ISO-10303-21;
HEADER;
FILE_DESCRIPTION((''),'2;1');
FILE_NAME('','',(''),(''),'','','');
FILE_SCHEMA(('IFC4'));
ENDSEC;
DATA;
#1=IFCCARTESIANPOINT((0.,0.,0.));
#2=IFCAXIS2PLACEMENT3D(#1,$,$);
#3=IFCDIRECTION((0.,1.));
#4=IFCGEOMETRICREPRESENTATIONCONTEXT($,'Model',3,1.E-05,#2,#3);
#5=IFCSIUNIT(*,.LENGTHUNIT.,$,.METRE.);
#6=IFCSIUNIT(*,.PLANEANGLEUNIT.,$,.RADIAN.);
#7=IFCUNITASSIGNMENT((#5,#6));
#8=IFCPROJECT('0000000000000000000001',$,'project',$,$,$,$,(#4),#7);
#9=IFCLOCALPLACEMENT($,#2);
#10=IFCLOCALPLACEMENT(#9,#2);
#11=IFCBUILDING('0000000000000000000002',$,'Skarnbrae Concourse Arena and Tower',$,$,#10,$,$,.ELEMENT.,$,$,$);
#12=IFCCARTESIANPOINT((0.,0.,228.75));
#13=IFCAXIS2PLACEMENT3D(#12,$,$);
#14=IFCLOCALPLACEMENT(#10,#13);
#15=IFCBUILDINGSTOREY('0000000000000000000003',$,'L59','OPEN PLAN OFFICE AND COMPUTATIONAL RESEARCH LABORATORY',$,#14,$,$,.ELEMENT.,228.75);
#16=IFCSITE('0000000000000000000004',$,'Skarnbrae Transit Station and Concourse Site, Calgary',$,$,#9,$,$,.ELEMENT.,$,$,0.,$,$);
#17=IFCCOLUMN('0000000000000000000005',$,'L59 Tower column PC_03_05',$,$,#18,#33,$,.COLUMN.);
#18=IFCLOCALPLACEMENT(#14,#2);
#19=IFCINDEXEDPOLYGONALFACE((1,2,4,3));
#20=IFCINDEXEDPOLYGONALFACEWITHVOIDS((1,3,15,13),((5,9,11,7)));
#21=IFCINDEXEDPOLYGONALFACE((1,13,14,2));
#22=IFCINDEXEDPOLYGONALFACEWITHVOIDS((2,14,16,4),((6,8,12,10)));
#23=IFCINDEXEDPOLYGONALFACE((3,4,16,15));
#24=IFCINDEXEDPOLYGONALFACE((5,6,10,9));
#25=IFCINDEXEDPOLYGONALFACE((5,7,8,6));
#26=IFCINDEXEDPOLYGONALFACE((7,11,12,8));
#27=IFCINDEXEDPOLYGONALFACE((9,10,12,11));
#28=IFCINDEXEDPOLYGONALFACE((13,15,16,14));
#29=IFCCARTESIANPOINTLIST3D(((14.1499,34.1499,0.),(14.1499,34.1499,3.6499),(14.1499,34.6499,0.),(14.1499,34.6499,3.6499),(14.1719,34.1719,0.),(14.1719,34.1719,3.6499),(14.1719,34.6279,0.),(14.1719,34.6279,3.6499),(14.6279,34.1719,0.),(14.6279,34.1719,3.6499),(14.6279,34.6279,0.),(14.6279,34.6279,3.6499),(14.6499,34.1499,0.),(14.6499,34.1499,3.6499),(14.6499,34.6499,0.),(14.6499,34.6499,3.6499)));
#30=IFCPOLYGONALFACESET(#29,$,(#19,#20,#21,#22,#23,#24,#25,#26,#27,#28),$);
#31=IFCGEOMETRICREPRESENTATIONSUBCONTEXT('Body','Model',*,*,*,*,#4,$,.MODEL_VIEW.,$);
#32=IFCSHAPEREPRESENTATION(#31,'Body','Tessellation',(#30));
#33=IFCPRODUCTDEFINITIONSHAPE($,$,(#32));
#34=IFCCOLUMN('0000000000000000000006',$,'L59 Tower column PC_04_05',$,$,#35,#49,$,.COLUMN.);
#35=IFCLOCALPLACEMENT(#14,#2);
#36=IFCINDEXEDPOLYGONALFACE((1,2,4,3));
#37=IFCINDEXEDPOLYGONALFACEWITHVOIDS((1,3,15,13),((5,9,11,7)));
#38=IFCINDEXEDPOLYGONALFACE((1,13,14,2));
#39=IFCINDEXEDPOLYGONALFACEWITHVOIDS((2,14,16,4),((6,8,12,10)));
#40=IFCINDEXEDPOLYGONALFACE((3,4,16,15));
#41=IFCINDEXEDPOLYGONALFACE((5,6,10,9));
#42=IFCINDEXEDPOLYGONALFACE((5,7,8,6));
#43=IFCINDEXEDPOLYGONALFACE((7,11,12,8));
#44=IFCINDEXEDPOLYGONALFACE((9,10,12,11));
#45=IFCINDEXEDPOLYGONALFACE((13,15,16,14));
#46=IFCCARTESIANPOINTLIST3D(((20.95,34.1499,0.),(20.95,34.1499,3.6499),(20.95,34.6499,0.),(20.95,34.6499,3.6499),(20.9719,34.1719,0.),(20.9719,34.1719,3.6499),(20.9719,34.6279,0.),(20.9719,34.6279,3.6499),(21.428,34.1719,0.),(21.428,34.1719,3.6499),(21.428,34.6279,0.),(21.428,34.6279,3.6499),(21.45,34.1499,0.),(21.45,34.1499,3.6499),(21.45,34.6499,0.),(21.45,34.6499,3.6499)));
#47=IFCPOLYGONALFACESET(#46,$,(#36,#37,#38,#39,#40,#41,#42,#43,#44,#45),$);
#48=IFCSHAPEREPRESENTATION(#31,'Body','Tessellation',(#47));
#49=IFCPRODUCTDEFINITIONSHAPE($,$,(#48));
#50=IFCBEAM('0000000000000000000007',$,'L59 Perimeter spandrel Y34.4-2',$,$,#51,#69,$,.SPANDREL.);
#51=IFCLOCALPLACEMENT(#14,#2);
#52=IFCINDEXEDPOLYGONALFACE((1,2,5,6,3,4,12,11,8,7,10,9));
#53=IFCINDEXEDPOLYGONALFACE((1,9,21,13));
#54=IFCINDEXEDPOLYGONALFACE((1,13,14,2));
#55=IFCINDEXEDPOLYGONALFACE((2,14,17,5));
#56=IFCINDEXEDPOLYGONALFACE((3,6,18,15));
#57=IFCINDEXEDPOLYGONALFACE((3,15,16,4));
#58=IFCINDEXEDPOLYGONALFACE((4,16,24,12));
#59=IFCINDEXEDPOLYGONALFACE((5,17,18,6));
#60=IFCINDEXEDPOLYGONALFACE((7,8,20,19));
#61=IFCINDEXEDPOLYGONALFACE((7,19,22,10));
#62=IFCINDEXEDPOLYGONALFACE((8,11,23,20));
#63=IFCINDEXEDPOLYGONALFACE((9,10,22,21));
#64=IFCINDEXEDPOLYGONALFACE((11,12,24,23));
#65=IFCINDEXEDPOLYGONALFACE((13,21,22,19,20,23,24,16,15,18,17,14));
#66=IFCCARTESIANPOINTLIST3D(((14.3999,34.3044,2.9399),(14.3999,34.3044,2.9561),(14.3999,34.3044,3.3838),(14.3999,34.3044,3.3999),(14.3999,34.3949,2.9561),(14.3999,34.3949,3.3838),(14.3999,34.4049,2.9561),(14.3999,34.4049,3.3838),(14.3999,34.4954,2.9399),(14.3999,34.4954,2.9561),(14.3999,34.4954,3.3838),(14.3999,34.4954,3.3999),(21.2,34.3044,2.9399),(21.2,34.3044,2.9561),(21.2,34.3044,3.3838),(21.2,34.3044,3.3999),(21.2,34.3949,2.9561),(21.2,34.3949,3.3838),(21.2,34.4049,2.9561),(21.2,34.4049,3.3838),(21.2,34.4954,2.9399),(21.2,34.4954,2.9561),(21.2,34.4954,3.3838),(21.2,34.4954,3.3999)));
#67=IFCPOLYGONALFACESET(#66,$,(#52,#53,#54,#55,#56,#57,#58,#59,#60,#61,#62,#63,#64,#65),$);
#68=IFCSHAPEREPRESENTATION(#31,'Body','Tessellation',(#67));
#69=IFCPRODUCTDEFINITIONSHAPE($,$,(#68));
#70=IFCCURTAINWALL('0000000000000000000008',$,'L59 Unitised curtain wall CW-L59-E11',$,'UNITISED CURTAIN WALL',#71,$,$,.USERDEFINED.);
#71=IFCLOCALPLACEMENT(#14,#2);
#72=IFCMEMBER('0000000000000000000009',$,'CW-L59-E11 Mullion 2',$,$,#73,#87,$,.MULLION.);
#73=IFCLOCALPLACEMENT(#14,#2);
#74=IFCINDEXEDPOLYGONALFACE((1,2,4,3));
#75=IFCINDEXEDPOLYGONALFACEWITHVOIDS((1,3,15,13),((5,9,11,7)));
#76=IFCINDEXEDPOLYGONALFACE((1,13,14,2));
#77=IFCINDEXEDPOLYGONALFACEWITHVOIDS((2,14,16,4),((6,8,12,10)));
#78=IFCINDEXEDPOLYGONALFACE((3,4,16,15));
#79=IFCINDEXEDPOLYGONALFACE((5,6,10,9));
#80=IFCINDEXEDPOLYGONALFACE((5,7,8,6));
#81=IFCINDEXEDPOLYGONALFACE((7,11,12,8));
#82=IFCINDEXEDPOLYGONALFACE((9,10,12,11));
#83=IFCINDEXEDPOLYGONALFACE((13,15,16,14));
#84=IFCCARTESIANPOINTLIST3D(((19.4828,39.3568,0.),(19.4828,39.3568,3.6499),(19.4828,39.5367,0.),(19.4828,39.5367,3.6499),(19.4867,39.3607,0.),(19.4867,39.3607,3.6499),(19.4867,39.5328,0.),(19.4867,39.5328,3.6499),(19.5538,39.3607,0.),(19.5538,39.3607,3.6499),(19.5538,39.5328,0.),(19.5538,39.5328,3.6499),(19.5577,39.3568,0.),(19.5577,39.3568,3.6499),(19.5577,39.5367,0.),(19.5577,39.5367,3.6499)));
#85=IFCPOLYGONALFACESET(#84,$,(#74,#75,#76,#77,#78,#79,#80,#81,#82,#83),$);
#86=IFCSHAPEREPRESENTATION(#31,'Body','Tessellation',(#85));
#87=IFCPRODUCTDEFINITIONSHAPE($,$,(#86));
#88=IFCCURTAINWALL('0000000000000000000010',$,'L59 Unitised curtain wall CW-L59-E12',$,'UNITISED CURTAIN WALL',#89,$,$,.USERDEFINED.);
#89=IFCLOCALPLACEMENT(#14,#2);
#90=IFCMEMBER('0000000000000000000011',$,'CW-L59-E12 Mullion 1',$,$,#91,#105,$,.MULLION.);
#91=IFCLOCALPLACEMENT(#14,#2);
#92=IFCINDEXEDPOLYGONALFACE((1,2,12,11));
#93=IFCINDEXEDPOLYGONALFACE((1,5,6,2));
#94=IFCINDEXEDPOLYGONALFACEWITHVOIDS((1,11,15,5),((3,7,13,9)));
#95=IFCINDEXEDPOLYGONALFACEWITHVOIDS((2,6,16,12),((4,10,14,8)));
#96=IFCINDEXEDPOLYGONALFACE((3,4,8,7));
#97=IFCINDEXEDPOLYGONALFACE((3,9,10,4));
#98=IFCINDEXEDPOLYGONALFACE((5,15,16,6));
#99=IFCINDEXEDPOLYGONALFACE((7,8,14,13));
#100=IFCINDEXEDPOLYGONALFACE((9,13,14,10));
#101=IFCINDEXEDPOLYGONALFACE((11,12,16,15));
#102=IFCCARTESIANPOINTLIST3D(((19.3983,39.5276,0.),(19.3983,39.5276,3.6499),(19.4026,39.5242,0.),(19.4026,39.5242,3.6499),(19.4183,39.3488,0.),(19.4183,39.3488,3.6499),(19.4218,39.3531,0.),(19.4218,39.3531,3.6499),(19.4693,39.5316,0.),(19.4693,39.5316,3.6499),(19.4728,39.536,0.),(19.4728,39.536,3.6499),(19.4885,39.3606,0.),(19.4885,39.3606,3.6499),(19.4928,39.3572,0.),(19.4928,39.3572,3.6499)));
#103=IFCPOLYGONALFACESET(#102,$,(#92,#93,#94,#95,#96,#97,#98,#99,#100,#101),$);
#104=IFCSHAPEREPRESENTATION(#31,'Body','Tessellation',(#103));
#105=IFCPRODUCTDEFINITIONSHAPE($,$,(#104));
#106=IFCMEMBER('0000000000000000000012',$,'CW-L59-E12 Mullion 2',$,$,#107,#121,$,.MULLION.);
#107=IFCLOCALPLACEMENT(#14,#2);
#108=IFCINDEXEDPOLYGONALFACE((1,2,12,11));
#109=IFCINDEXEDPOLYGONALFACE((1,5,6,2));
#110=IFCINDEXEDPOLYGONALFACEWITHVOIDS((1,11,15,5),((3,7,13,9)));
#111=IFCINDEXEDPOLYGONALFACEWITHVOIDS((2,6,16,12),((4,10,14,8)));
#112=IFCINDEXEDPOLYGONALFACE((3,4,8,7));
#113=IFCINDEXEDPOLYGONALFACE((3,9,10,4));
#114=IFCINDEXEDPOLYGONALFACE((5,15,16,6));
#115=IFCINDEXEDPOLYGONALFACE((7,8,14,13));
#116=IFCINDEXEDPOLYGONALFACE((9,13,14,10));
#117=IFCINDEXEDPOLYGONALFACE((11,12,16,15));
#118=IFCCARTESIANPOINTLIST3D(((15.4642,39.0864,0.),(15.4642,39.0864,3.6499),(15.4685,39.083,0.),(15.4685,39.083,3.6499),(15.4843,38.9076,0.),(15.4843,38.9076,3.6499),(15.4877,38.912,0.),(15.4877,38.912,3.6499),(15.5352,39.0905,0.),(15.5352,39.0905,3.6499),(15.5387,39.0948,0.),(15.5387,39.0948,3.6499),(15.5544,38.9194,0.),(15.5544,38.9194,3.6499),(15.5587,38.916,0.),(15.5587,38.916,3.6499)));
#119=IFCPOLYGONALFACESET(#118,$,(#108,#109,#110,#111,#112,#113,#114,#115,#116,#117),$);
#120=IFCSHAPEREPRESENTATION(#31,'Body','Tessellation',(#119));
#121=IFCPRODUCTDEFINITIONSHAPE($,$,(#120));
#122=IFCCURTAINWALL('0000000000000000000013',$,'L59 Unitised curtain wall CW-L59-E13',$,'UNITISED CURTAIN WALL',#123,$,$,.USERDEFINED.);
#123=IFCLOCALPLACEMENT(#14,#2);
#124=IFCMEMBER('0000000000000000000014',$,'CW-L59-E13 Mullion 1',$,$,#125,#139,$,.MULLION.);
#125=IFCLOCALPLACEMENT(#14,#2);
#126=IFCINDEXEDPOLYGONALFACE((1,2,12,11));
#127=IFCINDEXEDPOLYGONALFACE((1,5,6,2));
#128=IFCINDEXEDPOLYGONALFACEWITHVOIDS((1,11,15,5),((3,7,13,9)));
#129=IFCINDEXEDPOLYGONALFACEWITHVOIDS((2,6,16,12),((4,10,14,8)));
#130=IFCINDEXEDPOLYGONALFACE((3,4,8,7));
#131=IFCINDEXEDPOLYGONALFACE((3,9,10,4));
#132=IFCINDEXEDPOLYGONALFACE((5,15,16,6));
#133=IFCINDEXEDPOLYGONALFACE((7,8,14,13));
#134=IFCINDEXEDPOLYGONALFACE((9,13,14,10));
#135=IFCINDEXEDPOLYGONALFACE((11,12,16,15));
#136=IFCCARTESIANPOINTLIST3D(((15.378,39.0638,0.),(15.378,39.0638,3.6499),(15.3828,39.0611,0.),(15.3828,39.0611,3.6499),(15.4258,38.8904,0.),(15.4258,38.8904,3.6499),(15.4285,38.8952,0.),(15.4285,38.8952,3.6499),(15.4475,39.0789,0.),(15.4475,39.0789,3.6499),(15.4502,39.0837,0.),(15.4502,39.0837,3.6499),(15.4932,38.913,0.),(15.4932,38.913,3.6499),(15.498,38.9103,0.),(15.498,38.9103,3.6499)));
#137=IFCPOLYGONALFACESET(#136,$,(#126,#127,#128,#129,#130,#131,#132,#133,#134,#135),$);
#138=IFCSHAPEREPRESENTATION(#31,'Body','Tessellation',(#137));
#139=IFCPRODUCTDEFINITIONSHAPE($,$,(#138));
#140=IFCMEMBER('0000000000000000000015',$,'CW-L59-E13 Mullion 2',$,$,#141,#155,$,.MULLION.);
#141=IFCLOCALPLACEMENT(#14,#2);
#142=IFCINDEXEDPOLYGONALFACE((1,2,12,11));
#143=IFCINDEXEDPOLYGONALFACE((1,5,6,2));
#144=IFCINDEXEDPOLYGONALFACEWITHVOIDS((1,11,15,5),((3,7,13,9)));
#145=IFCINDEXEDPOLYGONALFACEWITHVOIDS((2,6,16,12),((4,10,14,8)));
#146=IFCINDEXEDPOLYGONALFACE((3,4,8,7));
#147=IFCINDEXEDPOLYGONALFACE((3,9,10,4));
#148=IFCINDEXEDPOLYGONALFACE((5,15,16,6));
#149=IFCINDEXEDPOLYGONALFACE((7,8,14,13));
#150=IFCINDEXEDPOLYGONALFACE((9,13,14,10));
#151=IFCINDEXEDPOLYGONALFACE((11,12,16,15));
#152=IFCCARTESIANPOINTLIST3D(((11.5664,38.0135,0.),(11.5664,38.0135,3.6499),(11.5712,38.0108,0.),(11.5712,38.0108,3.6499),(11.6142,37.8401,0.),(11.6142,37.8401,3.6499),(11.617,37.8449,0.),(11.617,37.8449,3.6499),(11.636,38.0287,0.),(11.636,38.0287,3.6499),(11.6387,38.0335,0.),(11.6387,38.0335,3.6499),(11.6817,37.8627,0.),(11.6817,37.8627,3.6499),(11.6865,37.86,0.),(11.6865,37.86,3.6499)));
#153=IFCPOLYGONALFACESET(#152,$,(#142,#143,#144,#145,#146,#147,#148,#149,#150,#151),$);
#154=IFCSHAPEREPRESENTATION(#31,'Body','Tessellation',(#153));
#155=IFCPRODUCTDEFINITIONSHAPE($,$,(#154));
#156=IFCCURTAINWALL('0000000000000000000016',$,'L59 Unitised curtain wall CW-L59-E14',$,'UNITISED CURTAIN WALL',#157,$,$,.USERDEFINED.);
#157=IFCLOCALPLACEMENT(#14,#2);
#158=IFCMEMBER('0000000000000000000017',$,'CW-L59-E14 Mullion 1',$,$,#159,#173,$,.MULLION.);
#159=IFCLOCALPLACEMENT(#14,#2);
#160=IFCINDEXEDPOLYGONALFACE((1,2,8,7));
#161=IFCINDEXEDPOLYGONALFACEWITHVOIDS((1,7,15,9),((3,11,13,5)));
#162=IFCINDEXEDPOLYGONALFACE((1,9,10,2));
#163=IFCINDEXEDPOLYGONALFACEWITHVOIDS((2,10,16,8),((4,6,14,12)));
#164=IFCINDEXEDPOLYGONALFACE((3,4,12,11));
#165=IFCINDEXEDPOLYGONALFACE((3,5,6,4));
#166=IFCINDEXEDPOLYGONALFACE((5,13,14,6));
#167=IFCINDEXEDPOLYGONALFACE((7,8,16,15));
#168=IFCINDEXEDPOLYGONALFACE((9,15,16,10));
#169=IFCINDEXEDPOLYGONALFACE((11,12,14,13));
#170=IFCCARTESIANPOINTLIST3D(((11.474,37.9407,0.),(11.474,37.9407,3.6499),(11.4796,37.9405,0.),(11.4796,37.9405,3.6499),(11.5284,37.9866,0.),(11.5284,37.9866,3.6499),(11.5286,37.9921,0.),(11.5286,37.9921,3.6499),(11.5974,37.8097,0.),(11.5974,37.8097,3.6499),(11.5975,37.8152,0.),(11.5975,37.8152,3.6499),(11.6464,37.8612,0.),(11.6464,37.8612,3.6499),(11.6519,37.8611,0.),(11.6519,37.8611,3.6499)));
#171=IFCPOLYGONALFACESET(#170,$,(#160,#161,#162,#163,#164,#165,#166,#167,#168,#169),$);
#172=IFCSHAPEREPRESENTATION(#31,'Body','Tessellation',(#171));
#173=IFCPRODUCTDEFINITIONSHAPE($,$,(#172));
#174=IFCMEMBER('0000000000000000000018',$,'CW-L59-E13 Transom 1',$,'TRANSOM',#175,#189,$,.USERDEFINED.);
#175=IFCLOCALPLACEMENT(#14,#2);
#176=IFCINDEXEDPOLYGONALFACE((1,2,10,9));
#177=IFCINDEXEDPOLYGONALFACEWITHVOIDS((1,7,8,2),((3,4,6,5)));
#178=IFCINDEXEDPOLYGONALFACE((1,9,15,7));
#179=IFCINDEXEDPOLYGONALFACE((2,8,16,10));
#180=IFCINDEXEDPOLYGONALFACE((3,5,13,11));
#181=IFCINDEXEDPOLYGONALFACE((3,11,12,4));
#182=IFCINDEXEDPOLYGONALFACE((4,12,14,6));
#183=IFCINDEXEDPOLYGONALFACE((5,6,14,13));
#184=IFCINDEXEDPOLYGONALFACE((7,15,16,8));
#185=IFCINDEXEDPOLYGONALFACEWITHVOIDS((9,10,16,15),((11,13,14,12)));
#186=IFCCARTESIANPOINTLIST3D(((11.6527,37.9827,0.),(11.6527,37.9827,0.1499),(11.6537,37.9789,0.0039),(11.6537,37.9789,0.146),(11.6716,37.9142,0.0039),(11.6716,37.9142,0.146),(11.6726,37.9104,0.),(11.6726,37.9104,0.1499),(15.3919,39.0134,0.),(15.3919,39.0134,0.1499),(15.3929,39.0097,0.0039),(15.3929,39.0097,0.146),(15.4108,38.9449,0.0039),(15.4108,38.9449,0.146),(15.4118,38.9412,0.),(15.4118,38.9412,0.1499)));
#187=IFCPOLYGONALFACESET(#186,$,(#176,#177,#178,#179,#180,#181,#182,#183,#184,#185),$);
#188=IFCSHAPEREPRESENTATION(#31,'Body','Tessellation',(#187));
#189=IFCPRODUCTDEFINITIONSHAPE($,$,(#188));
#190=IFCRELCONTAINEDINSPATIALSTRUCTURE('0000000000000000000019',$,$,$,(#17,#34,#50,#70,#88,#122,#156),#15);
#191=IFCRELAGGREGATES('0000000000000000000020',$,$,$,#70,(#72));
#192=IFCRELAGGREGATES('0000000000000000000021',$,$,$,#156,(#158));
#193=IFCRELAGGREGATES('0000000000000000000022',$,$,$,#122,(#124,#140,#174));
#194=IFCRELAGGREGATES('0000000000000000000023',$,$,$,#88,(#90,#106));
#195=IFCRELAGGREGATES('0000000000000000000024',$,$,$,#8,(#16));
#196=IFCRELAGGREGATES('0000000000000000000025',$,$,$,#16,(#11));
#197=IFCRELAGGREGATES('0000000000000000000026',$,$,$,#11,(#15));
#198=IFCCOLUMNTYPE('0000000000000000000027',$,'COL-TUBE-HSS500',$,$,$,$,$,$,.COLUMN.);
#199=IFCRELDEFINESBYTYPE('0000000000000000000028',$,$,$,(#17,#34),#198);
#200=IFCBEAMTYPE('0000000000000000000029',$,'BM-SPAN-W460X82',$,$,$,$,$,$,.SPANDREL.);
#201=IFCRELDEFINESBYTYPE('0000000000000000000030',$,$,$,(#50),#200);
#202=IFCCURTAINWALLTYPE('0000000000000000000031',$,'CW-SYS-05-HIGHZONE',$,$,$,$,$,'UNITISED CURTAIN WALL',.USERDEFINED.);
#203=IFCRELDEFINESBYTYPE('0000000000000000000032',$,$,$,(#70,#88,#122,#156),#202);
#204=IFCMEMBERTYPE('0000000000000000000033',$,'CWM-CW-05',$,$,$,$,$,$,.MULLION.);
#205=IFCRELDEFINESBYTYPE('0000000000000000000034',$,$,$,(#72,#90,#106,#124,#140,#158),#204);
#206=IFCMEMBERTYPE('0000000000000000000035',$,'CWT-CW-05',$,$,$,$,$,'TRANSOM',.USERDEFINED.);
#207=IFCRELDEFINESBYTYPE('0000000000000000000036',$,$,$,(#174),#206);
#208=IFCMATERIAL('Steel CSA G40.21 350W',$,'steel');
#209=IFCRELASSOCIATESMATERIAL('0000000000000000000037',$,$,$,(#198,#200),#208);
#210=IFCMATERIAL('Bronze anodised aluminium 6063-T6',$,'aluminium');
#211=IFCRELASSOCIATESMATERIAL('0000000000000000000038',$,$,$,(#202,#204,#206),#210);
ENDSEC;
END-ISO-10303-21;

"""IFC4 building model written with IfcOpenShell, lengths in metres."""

from ifc_helpers import new_model, si_unit, direction, frame, origin, origin_2d, place, context, subcontext, project, spatial, hollow_rectangle, i_section, extrude, source, transform, mapped, material, material_profile, profile_set, type_object, element, aggregate, save


model = new_model("IFC4")

# Units and contexts
model_context = context("Model", 3, precision=1e-05, world=origin(), true_north=direction((0.0, 1.0)))
body_context = subcontext(model_context, "Body", "Model", "MODEL_VIEW")
ifc_project = project(units=[si_unit("LENGTHUNIT", "METRE"), si_unit("PLANEANGLEUNIT", "RADIAN")], contexts=[model_context])

# Site, building, storey
site_placement = place(None, origin())
site = spatial("IfcSite", under=ifc_project, at=site_placement, Name="Skarnbrae Transit Station and Concourse Site, Calgary", CompositionType="ELEMENT", RefElevation=0.0)
building_placement = place(site_placement, origin())
building = spatial("IfcBuilding", under=site, at=building_placement, Name="Skarnbrae Concourse Arena and Tower", CompositionType="ELEMENT")
storey_placement = place(building_placement, frame((0.0, 0.0, 228.75)))
storey = spatial("IfcBuildingStorey", under=building, at=storey_placement, Name="L59", Description="OPEN PLAN OFFICE AND COMPUTATIONAL RESEARCH LABORATORY", CompositionType="ELEMENT", Elevation=228.75)

# Columns
ifc_material_1 = material(Name="Steel CSA G40.21 350W", Category="steel")
ifc_material_profile_1 = material_profile(ifc_material_1, hollow_rectangle(XDim=0.5, YDim=0.5, WallThickness=0.022, at=origin_2d()), Name="HSS500X500X22.0")
ifc_profile_set_1 = profile_set([ifc_material_profile_1], Name="Steel CSA G40.21 350W")
column_type = type_object("IfcColumnType", Name="COL-TUBE-HSS500", PredefinedType="COLUMN", material=ifc_profile_set_1)
shared_shape_1 = source(origin(), body_context, "Body", "SweptSolid", [
    extrude(hollow_rectangle(XDim=0.5, YDim=0.5, WallThickness=0.022, at=origin_2d()), origin(), (0.0, 0.0, 1.0), 3.6499),
])
for number, where, z_axis, x_axis, name in (
    (1, (14.3999, 34.3999, 0.0), (0.0, 0.0, 1.0), (1.0, 0.0, 0.0), "L59 Tower column PC_03_05"),
    (2, (21.2, 34.3999, 0.0), (0.0, 0.0, 1.0), (1.0, 0.0, 0.0), "L59 Tower column PC_04_05"),
):
    element("IfcColumn", number, at=place(storey_placement, frame(where, z_axis=z_axis, x_axis=x_axis)), inside=storey, type_object=column_type, Name=name, PredefinedType="COLUMN", context=body_context, shape_type="MappedRepresentation", body=[
        mapped(shared_shape_1, transform((0.0, 0.0, 0.0))),
    ])

# Beam
ifc_material_profile_2 = material_profile(ifc_material_1, i_section(OverallWidth=0.1909, OverallDepth=0.46, WebThickness=0.01, FlangeThickness=0.0161, at=origin_2d()), Name="W460X82")
ifc_profile_set_2 = profile_set([ifc_material_profile_2], Name="Steel CSA G40.21 350W")
beam_type = type_object("IfcBeamType", Name="BM-SPAN-W460X82", PredefinedType="SPANDREL", material=ifc_profile_set_2)
shared_shape_2 = source(origin(), body_context, "Body", "SweptSolid", [
    extrude(i_section(OverallWidth=0.1909, OverallDepth=0.46, WebThickness=0.01, FlangeThickness=0.0161, at=origin_2d()), origin(), (0.0, 0.0, 1.0), 6.8),
])
beam_placement = place(storey_placement, frame((14.3999, 34.3999, 3.1699), z_axis=(1.0, 0.0, 0.0), x_axis=(0.0, 1.0, 0.0)))
element("IfcBeam", 3, at=beam_placement, inside=storey, type_object=beam_type, Name="L59 Perimeter spandrel Y34.4-2", PredefinedType="SPANDREL", context=body_context, shape_type="MappedRepresentation", body=[
    mapped(shared_shape_2, transform((0.0, 0.0, 0.0))),
])

# Curtain wall, member
ifc_material_2 = material(Name="Bronze anodised aluminium 6063-T6", Category="aluminium")
curtain_wall_type = type_object("IfcCurtainWallType", Name="CW-SYS-05-HIGHZONE", ElementType="UNITISED CURTAIN WALL", PredefinedType="USERDEFINED", material=ifc_material_2)
curtain_wall_1_placement = place(storey_placement, origin())
curtain_wall_1 = element("IfcCurtainWall", 4, at=curtain_wall_1_placement, inside=storey, type_object=curtain_wall_type, Name="L59 Unitised curtain wall CW-L59-E11", ObjectType="UNITISED CURTAIN WALL", PredefinedType="USERDEFINED")
ifc_material_profile_3 = material_profile(ifc_material_2, hollow_rectangle(XDim=0.075, YDim=0.1799, WallThickness=0.0039, at=origin_2d()), Name="ALU-MULL-75X180")
ifc_profile_set_3 = profile_set([ifc_material_profile_3], Name="Bronze anodised aluminium 6063-T6")
member_type_1 = type_object("IfcMemberType", Name="CWM-CW-05", PredefinedType="MULLION", material=ifc_profile_set_3)
shared_shape_3 = source(origin(), body_context, "Body", "SweptSolid", [
    extrude(hollow_rectangle(XDim=0.075, YDim=0.1799, WallThickness=0.0039, at=origin_2d()), origin(), (0.0, 0.0, 1.0), 3.6499),
])
member_1_placement = place(storey_placement, frame((19.5203, 39.4468, 0.0), z_axis=(0.0, 0.0, 1.0), x_axis=(-1.0, 0.0, 0.0)))
member_1 = element("IfcMember", 5, at=member_1_placement, type_object=member_type_1, Name="CW-L59-E11 Mullion 2", PredefinedType="MULLION", context=body_context, shape_type="MappedRepresentation", body=[
    mapped(shared_shape_3, transform((0.0, 0.0, 0.0))),
])
aggregate(curtain_wall_1, [member_1])

# Curtain walls, members
curtain_wall_2_placement = place(storey_placement, origin())
curtain_wall_2 = element("IfcCurtainWall", 6, at=curtain_wall_2_placement, inside=storey, type_object=curtain_wall_type, Name="L59 Unitised curtain wall CW-L59-E12", ObjectType="UNITISED CURTAIN WALL", PredefinedType="USERDEFINED")
member_2_placement = place(storey_placement, frame((19.4456, 39.4424, 0.0), z_axis=(0.0, 0.0, 1.0), x_axis=(-0.993769, -0.11146, 0.0)))
member_2 = element("IfcMember", 7, at=member_2_placement, type_object=member_type_1, Name="CW-L59-E12 Mullion 1", PredefinedType="MULLION", context=body_context, shape_type="MappedRepresentation", body=[
    mapped(shared_shape_3, transform((0.0, 0.0, 0.0))),
])
member_3_placement = place(storey_placement, frame((15.5115, 39.0012, 0.0), z_axis=(0.0, 0.0, 1.0), x_axis=(-0.993769, -0.11146, 0.0)))
member_3 = element("IfcMember", 8, at=member_3_placement, type_object=member_type_1, Name="CW-L59-E12 Mullion 2", PredefinedType="MULLION", context=body_context, shape_type="MappedRepresentation", body=[
    mapped(shared_shape_3, transform((0.0, 0.0, 0.0))),
])
curtain_wall_3_placement = place(storey_placement, origin())
curtain_wall_3 = element("IfcCurtainWall", 9, at=curtain_wall_3_placement, inside=storey, type_object=curtain_wall_type, Name="L59 Unitised curtain wall CW-L59-E13", ObjectType="UNITISED CURTAIN WALL", PredefinedType="USERDEFINED")
member_4_placement = place(storey_placement, frame((15.438, 38.9871, 0.0), z_axis=(0.0, 0.0, 1.0), x_axis=(-0.964057, -0.265694, 0.0)))
member_4 = element("IfcMember", 10, at=member_4_placement, type_object=member_type_1, Name="CW-L59-E13 Mullion 1", PredefinedType="MULLION", context=body_context, shape_type="MappedRepresentation", body=[
    mapped(shared_shape_3, transform((0.0, 0.0, 0.0))),
])
member_5_placement = place(storey_placement, frame((11.6265, 37.9368, 0.0), z_axis=(0.0, 0.0, 1.0), x_axis=(-0.964057, -0.265694, 0.0)))
member_5 = element("IfcMember", 11, at=member_5_placement, type_object=member_type_1, Name="CW-L59-E13 Mullion 2", PredefinedType="MULLION", context=body_context, shape_type="MappedRepresentation", body=[
    mapped(shared_shape_3, transform((0.0, 0.0, 0.0))),
])

# Curtain wall, member
curtain_wall_4_placement = place(storey_placement, origin())
curtain_wall_4 = element("IfcCurtainWall", 12, at=curtain_wall_4_placement, inside=storey, type_object=curtain_wall_type, Name="L59 Unitised curtain wall CW-L59-E14", ObjectType="UNITISED CURTAIN WALL", PredefinedType="USERDEFINED")
member_6_placement = place(storey_placement, frame((11.563, 37.9009, 0.0), z_axis=(0.0, 0.0, 1.0), x_axis=(-0.728131, -0.685438, 0.0)))
member_6 = element("IfcMember", 13, at=member_6_placement, type_object=member_type_1, Name="CW-L59-E14 Mullion 1", PredefinedType="MULLION", context=body_context, shape_type="MappedRepresentation", body=[
    mapped(shared_shape_3, transform((0.0, 0.0, 0.0))),
])
aggregate(curtain_wall_4, [member_6])

# Member
ifc_material_profile_4 = material_profile(ifc_material_2, hollow_rectangle(XDim=0.075, YDim=0.1499, WallThickness=0.0039, at=origin_2d()), Name="ALU-TRAN-75X150")
ifc_profile_set_4 = profile_set([ifc_material_profile_4], Name="Bronze anodised aluminium 6063-T6")
member_type_2 = type_object("IfcMemberType", Name="CWT-CW-05", ElementType="TRANSOM", PredefinedType="USERDEFINED", material=ifc_profile_set_4)
shared_shape_4 = source(origin(), body_context, "Body", "SweptSolid", [
    extrude(hollow_rectangle(XDim=0.075, YDim=0.1499, WallThickness=0.0039, at=origin_2d()), origin(), (0.0, 0.0, 1.0), 3.8787),
])
member_7_placement = place(storey_placement, frame((15.4019, 38.9773, 0.075), z_axis=(-0.964043, -0.265747, 0.0), x_axis=(0.265747, -0.964043, 0.0)))
member_7 = element("IfcMember", 14, at=member_7_placement, type_object=member_type_2, Name="CW-L59-E13 Transom 1", ObjectType="TRANSOM", PredefinedType="USERDEFINED", context=body_context, shape_type="MappedRepresentation", body=[
    mapped(shared_shape_4, transform((0.0, 0.0, 0.0))),
])

aggregate(curtain_wall_3, [member_4, member_5, member_7])
aggregate(curtain_wall_2, [member_2, member_3])

save(model, "model.ifc")
